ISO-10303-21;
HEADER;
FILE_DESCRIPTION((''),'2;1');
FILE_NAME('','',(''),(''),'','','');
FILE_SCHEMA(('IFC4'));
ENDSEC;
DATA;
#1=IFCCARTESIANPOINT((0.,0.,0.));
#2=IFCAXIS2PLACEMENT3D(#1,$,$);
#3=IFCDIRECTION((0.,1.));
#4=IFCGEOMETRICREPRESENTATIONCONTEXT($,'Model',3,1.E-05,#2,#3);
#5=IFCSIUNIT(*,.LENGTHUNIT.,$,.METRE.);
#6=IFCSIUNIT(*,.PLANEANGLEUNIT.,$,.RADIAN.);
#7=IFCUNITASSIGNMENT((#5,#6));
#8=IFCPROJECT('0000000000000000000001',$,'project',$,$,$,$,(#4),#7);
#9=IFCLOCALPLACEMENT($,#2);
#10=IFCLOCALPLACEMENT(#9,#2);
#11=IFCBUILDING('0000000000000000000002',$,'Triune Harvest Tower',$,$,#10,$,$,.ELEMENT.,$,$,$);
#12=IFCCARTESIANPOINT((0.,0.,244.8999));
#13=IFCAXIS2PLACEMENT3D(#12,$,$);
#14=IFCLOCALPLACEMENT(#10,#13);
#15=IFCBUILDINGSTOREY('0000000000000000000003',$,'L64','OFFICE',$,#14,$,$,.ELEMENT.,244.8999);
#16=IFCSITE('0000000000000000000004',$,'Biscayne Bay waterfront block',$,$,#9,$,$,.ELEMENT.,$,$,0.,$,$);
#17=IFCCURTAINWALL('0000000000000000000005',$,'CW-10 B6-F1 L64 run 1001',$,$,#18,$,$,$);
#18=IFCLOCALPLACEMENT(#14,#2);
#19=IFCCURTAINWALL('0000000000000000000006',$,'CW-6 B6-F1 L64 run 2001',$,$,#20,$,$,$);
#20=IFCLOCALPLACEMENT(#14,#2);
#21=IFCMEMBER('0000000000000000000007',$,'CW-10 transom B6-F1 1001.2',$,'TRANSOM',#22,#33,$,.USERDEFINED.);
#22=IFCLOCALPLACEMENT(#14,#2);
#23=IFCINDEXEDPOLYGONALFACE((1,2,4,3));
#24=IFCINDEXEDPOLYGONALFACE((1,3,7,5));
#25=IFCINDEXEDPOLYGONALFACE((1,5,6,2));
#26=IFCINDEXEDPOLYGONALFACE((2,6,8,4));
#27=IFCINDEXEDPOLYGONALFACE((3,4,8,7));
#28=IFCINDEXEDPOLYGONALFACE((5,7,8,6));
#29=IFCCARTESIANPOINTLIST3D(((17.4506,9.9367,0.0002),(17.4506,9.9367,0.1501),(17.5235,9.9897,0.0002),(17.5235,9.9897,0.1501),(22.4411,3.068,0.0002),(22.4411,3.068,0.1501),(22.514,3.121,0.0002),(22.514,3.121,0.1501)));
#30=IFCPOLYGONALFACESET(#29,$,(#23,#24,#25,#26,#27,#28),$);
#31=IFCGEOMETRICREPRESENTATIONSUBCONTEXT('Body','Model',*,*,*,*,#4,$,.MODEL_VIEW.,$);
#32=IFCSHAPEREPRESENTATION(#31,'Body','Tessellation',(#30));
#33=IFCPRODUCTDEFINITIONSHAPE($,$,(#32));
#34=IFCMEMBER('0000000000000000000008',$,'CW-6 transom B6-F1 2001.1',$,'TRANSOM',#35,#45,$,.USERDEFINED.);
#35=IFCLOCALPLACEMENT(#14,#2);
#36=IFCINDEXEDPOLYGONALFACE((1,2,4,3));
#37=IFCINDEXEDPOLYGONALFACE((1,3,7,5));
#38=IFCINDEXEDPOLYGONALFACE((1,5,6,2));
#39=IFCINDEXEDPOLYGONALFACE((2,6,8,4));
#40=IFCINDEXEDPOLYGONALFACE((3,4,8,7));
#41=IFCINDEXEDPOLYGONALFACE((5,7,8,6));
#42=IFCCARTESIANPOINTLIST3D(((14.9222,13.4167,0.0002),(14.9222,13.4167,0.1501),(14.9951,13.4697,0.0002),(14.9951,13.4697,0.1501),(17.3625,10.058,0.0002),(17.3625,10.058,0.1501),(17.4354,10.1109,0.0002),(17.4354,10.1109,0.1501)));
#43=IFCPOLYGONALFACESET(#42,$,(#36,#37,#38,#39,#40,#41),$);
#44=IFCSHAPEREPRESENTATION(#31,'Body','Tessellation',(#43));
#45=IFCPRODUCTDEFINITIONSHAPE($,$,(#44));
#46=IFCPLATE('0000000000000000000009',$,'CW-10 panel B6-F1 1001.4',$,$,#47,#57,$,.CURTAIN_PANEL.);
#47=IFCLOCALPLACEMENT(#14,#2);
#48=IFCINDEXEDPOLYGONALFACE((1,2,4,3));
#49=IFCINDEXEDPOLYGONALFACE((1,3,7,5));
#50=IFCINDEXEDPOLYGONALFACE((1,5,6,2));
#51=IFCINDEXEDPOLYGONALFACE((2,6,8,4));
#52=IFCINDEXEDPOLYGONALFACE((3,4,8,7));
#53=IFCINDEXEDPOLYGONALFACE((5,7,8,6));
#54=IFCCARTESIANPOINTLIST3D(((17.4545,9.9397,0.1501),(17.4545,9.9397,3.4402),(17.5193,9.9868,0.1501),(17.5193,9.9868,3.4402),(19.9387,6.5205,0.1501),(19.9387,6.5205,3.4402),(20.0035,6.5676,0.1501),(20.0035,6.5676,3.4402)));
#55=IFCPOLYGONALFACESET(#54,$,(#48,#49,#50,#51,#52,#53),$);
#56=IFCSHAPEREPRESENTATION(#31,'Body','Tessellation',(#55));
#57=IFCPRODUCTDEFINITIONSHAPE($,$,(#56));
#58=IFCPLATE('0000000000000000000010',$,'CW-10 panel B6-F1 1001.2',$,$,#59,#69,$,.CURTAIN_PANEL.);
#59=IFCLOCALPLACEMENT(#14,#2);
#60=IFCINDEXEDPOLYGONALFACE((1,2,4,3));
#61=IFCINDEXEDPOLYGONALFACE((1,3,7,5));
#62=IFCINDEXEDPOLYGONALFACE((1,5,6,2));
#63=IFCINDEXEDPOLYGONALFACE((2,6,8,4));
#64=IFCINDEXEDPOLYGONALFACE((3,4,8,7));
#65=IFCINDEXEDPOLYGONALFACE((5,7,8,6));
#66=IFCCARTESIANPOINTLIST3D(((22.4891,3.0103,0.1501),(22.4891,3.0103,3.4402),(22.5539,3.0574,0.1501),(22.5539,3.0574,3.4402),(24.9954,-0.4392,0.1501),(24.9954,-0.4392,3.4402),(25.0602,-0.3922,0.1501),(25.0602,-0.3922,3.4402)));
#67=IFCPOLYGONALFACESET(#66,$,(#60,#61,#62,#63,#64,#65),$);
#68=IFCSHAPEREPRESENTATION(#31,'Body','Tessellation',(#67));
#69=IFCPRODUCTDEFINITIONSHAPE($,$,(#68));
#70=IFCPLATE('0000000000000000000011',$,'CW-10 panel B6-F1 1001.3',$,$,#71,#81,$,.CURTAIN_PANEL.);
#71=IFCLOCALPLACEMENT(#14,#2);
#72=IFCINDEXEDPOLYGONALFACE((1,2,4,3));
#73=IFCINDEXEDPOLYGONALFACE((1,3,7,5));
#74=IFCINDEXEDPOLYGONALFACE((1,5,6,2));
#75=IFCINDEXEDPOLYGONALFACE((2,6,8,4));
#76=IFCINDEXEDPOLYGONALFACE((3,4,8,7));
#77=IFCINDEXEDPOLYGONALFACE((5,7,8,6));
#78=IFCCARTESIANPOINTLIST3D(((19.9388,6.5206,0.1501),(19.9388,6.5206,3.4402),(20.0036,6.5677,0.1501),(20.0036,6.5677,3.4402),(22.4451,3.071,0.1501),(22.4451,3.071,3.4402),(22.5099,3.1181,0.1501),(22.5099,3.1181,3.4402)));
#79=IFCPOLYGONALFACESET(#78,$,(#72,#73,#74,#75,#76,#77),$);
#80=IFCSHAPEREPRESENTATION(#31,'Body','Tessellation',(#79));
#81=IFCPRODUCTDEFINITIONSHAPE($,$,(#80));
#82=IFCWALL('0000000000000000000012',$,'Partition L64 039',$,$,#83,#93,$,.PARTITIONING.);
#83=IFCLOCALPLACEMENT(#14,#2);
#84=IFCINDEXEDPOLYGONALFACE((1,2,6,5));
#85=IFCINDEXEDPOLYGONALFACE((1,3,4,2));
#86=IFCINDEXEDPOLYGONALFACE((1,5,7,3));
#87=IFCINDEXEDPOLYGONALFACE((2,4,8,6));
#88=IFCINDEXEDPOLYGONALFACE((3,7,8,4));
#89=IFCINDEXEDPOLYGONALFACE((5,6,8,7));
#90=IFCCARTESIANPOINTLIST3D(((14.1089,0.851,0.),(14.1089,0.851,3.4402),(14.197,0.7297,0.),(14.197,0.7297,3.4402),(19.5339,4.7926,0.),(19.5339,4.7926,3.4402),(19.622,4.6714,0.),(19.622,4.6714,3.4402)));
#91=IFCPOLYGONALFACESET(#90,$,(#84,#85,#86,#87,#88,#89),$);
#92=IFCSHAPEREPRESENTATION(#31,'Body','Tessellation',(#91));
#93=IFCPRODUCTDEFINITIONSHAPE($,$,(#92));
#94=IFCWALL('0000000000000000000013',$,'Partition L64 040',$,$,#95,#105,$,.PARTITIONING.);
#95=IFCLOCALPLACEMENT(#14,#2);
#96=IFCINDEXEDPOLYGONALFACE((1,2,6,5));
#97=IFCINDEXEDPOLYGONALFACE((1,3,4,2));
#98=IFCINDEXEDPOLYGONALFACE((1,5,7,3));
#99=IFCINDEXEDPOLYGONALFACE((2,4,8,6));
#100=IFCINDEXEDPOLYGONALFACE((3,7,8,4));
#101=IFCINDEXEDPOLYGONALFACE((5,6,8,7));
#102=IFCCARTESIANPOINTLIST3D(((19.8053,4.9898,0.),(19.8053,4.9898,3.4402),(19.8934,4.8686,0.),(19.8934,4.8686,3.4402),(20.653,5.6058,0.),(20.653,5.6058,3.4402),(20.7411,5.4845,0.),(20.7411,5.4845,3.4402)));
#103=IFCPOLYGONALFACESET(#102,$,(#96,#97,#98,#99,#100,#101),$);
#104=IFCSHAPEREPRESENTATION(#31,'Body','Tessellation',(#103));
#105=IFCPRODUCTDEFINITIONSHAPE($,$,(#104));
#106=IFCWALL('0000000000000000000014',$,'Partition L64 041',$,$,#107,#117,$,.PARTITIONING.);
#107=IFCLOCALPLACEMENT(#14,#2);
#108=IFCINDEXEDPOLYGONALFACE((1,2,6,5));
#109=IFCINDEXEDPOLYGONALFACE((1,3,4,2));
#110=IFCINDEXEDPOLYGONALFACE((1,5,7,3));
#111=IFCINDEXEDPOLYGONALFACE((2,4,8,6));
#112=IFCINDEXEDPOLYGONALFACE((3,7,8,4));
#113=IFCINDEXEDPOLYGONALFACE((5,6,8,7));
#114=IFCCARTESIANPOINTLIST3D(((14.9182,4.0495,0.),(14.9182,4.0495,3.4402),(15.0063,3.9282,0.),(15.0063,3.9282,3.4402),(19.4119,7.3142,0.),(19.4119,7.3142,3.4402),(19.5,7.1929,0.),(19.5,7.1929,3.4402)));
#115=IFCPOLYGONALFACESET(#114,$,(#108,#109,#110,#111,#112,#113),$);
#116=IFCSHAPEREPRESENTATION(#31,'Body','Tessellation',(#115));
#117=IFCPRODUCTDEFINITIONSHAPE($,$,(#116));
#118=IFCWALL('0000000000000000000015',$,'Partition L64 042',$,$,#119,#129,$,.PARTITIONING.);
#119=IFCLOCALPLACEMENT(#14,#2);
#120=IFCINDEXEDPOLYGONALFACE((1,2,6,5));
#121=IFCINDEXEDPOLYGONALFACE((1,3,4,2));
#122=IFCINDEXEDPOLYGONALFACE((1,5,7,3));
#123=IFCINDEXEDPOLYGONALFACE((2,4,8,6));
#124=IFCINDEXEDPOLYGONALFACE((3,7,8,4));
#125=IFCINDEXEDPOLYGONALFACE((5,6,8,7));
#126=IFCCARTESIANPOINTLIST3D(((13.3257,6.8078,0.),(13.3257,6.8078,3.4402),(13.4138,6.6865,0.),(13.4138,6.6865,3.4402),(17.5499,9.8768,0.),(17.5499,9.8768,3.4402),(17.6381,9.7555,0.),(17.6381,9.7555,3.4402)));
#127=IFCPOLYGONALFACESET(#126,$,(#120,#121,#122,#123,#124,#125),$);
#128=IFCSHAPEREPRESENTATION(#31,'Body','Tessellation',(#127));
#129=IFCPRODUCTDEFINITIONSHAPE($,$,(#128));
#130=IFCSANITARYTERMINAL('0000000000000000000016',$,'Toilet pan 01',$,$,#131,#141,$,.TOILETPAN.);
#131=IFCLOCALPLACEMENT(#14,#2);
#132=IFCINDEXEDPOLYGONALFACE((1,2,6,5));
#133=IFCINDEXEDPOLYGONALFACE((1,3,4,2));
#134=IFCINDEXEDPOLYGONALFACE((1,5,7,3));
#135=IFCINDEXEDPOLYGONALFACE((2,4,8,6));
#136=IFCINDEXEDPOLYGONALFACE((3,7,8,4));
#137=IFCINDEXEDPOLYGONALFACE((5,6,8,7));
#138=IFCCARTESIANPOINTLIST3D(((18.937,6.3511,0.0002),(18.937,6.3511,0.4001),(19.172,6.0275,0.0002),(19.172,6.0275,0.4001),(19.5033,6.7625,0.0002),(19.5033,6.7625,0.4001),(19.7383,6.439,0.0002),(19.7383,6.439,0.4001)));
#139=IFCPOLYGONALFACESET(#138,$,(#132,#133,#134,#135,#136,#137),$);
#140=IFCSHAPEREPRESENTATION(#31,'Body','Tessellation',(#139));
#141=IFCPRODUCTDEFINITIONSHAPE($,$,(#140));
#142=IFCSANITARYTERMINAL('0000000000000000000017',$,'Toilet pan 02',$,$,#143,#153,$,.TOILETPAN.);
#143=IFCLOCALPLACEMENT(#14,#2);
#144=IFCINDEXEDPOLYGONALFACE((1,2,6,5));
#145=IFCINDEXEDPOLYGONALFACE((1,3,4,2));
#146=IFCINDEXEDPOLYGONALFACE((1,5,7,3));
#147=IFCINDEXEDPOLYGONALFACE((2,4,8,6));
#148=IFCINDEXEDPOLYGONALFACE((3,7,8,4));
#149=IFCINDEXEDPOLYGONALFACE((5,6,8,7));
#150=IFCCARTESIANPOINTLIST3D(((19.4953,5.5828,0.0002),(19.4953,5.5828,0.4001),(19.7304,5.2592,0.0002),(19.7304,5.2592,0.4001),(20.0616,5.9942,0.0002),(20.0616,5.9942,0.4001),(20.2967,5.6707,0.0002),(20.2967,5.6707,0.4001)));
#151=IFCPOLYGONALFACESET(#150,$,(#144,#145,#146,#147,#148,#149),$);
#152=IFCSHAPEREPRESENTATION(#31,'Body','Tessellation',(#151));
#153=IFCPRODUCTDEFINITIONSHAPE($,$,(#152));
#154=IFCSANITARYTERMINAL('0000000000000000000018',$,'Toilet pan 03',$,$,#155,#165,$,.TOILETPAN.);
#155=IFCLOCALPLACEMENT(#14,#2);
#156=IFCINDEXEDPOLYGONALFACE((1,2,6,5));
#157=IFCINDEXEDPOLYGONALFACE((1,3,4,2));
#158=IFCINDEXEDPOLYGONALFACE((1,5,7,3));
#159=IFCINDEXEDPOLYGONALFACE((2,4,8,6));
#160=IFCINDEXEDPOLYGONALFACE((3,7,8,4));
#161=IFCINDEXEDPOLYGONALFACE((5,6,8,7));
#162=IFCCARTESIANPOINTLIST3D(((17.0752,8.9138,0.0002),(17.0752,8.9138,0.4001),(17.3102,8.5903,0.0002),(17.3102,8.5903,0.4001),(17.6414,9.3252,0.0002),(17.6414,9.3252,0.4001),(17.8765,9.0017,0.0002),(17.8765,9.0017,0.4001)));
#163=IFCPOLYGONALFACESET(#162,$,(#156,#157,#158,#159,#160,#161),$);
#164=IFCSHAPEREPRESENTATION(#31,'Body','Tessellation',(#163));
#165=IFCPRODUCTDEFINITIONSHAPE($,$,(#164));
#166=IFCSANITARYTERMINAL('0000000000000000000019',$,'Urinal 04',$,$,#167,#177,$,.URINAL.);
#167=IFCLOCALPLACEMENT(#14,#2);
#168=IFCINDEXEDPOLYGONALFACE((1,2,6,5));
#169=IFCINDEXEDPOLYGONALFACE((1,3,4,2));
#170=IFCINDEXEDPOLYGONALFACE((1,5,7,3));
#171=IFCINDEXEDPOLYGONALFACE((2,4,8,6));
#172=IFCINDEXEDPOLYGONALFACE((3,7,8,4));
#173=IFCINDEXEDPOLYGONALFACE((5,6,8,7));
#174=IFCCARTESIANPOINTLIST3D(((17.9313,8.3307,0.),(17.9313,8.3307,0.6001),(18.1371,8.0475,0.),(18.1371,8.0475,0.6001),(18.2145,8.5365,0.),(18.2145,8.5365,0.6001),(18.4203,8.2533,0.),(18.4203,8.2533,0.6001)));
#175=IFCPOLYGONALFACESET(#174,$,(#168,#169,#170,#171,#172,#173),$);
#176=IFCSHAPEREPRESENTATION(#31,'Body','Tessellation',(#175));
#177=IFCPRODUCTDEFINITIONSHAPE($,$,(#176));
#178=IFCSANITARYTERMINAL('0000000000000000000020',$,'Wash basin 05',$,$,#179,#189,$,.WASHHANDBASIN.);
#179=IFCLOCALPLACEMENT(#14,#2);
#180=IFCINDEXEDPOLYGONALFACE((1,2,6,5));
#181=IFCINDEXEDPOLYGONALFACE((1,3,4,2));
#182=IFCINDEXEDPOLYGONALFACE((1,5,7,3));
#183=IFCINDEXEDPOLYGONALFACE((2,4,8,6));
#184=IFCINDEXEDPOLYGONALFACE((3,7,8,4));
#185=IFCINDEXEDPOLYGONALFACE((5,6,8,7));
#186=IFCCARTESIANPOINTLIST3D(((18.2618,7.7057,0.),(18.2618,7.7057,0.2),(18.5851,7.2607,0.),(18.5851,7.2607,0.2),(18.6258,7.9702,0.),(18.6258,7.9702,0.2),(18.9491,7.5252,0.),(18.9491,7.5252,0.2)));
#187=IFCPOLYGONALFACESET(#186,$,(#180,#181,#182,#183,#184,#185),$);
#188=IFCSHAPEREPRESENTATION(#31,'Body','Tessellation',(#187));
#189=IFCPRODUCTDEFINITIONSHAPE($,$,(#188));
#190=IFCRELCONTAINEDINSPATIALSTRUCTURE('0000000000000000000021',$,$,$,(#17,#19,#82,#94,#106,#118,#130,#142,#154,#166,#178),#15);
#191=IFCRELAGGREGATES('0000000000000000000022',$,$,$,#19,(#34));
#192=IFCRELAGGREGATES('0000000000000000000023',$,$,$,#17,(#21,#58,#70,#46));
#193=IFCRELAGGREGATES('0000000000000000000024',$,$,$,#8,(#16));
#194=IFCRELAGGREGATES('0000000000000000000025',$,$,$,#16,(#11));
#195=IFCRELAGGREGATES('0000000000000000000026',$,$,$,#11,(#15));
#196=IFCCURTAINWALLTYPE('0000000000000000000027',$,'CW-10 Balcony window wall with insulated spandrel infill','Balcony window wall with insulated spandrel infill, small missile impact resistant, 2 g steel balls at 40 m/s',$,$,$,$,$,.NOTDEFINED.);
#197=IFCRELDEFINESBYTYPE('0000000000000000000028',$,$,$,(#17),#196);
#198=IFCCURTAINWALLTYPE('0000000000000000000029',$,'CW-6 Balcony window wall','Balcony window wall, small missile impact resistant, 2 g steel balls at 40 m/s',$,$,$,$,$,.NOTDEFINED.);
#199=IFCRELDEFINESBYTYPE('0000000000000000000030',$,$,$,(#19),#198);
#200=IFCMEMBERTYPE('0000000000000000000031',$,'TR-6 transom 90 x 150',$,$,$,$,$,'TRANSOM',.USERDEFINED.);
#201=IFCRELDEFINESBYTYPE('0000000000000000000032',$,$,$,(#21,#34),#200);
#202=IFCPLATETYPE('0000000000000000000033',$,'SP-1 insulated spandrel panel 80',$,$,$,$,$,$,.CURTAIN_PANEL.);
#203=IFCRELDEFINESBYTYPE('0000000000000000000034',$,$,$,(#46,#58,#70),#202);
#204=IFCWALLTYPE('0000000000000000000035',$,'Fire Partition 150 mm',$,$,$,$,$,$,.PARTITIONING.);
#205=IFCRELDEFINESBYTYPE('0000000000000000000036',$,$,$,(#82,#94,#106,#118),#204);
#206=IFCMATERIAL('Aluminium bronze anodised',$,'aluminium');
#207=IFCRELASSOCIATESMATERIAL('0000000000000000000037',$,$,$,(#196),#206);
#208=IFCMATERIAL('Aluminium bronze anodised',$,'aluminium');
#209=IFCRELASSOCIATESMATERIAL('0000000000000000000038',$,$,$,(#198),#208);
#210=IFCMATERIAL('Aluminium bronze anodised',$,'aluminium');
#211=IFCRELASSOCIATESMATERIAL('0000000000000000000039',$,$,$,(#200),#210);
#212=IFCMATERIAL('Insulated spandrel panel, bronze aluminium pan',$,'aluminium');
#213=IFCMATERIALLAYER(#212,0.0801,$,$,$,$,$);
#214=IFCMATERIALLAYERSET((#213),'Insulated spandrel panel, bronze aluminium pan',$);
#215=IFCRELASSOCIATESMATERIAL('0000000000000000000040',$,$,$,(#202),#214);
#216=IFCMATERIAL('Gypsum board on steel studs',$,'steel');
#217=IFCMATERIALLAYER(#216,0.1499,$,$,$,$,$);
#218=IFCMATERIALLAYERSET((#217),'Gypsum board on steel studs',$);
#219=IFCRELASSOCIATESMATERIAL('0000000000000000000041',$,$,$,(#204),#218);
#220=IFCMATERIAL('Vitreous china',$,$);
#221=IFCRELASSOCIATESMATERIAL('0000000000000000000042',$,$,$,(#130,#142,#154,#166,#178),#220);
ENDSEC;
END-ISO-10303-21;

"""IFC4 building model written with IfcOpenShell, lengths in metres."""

from ifc_helpers import new_model, si_unit, direction, frame, frame_2d, origin, origin_2d, place, context, subcontext, project, spatial, rectangle, extrude, source, transform, mapped, material, layer, layer_set, material_profile, profile_set, type_object, element, aggregate, save


model = new_model("IFC4")

# Units and contexts
model_context = context("Model", 3, precision=1e-05, world=origin(), true_north=direction((0.0, 1.0)))
body_context = subcontext(model_context, "Body", "Model", "MODEL_VIEW")
ifc_project = project(units=[si_unit("LENGTHUNIT", "METRE"), si_unit("PLANEANGLEUNIT", "RADIAN")], contexts=[model_context])

# Site, building, storey
site_placement = place(None, origin())
site = spatial("IfcSite", under=ifc_project, at=site_placement, Name="Biscayne Bay waterfront block", CompositionType="ELEMENT", RefElevation=0.0)
building_placement = place(site_placement, origin())
building = spatial("IfcBuilding", under=site, at=building_placement, Name="Triune Harvest Tower", CompositionType="ELEMENT")
storey_placement = place(building_placement, frame((0.0, 0.0, 244.8999)))
storey = spatial("IfcBuildingStorey", under=building, at=storey_placement, Name="L64", Description="OFFICE", CompositionType="ELEMENT", Elevation=244.8999)

# Curtain wall
ifc_material_1 = material(Name="Aluminium bronze anodised", Category="aluminium")
curtain_wall_type_1 = type_object("IfcCurtainWallType", Name="CW-10 Balcony window wall with insulated spandrel infill", Description="Balcony window wall with insulated spandrel infill, small missile impact resistant, 2 g steel balls at 40 m/s", PredefinedType="NOTDEFINED", material=ifc_material_1)
curtain_wall_1_placement = place(storey_placement, origin())
curtain_wall_1 = element("IfcCurtainWall", 1, at=curtain_wall_1_placement, inside=storey, type_object=curtain_wall_type_1, Name="CW-10 B6-F1 L64 run 1001")

# Curtain wall
ifc_material_2 = material(Name="Aluminium bronze anodised", Category="aluminium")
curtain_wall_type_2 = type_object("IfcCurtainWallType", Name="CW-6 Balcony window wall", Description="Balcony window wall, small missile impact resistant, 2 g steel balls at 40 m/s", PredefinedType="NOTDEFINED", material=ifc_material_2)
curtain_wall_2_placement = place(storey_placement, origin())
curtain_wall_2 = element("IfcCurtainWall", 2, at=curtain_wall_2_placement, inside=storey, type_object=curtain_wall_type_2, Name="CW-6 B6-F1 L64 run 2001")

# Members
ifc_material_3 = material(Name="Aluminium bronze anodised", Category="aluminium")
ifc_material_profile_1 = material_profile(ifc_material_3, rectangle(XDim=0.0901, YDim=0.1499, at=origin_2d()), Name="TR-6 transom 90 x 150")
ifc_profile_set_1 = profile_set([ifc_material_profile_1], Name="Aluminium bronze anodised")
member_type_1 = type_object("IfcMemberType", Name="TR-6 transom 90 x 150", ElementType="TRANSOM", PredefinedType="USERDEFINED", material=ifc_profile_set_1)
shared_shape_1 = source(origin(), body_context, "Body", "SweptSolid", [
    extrude(rectangle(XDim=0.0901, YDim=0.1499, at=origin_2d()), origin(), (0.0, 0.0, 1.0), 8.4902),
])
member_1_placement = place(storey_placement, frame((22.4775, 3.0945, 0.0752), z_axis=(-0.587794, 0.809011, 0.0), x_axis=(-0.809011, -0.587794, 0.0)))
member_1 = element("IfcMember", 3, at=member_1_placement, type_object=member_type_1, Name="CW-10 transom B6-F1 1001.2", ObjectType="TRANSOM", PredefinedType="USERDEFINED", context=body_context, shape_type="MappedRepresentation", body=[
    mapped(shared_shape_1, transform((0.0, 0.0, 0.0), scale=1.0)),
])
shared_shape_2 = source(origin(), body_context, "Body", "SweptSolid", [
    extrude(rectangle(XDim=0.0901, YDim=0.1499, at=origin_2d()), origin(), (0.0, 0.0, 1.0), 4.1516),
])
member_2_placement = place(storey_placement, frame((17.3989, 10.0845, 0.0752), z_axis=(-0.587783, 0.809018, 0.0), x_axis=(-0.809018, -0.587783, 0.0)))
member_2 = element("IfcMember", 4, at=member_2_placement, type_object=member_type_1, Name="CW-6 transom B6-F1 2001.1", ObjectType="TRANSOM", PredefinedType="USERDEFINED", context=body_context, shape_type="MappedRepresentation", body=[
    mapped(shared_shape_2, transform((0.0, 0.0, 0.0), scale=1.0)),
])
aggregate(curtain_wall_2, [member_2])

# Plates
ifc_material_4 = material(Name="Insulated spandrel panel, bronze aluminium pan", Category="aluminium")
ifc_layer_1 = layer(ifc_material_4, 0.0801)
ifc_layer_set_1 = layer_set([ifc_layer_1], Name="Insulated spandrel panel, bronze aluminium pan")
plate_type = type_object("IfcPlateType", Name="SP-1 insulated spandrel panel 80", PredefinedType="CURTAIN_PANEL", material=ifc_layer_set_1)
shared_shape_3 = source(origin(), body_context, "Body", "SweptSolid", [
    extrude(rectangle(XDim=4.2263, YDim=0.0801, at=origin_2d()), origin(), (0.0, 0.0, 1.0), 3.29),
])
plate_1_placement = place(storey_placement, frame((18.729, 8.2537, 0.1501), z_axis=(0.0, 0.0, 1.0), x_axis=(-0.587786, 0.809016, 0.0)))
plate_1 = element("IfcPlate", 5, at=plate_1_placement, type_object=plate_type, Name="CW-10 panel B6-F1 1001.4", PredefinedType="CURTAIN_PANEL", context=body_context, shape_type="MappedRepresentation", body=[
    mapped(shared_shape_3, transform((0.0, 0.0, 0.0), scale=1.0)),
])
shared_shape_4 = source(origin(), body_context, "Body", "SweptSolid", [
    extrude(rectangle(XDim=4.2639, YDim=0.0801, at=origin_2d()), origin(), (0.0, 0.0, 1.0), 3.29),
])
plate_2_placement = place(storey_placement, frame((23.7747, 1.3091, 0.1501), z_axis=(0.0, 0.0, 1.0), x_axis=(-0.587786, 0.809016, 0.0)))
plate_2 = element("IfcPlate", 6, at=plate_2_placement, type_object=plate_type, Name="CW-10 panel B6-F1 1001.2", PredefinedType="CURTAIN_PANEL", context=body_context, shape_type="MappedRepresentation", body=[
    mapped(shared_shape_4, transform((0.0, 0.0, 0.0), scale=1.0)),
])
plate_3_placement = place(storey_placement, frame((21.2244, 4.8193, 0.1501), z_axis=(0.0, 0.0, 1.0), x_axis=(-0.587786, 0.809016, 0.0)))
plate_3 = element("IfcPlate", 7, at=plate_3_placement, type_object=plate_type, Name="CW-10 panel B6-F1 1001.3", PredefinedType="CURTAIN_PANEL", context=body_context, shape_type="MappedRepresentation", body=[
    mapped(shared_shape_4, transform((0.0, 0.0, 0.0), scale=1.0)),
])
aggregate(curtain_wall_1, [member_1, plate_2, plate_3, plate_1])

# Walls
ifc_material_5 = material(Name="Gypsum board on steel studs", Category="steel")
ifc_layer_2 = layer(ifc_material_5, 0.1499)
ifc_layer_set_2 = layer_set([ifc_layer_2], Name="Gypsum board on steel studs")
wall_type = type_object("IfcWallType", Name="Fire Partition 150 mm", PredefinedType="PARTITIONING", material=ifc_layer_set_2)
wall_1_placement = place(storey_placement, frame((14.1528, 0.7903, 0.0), z_axis=(0.0, 0.0, 1.0), x_axis=(0.809008, 0.587797, 0.0)))
element("IfcWall", 8, at=wall_1_placement, inside=storey, type_object=wall_type, Name="Partition L64 039", PredefinedType="PARTITIONING", context=body_context, shape_type="SweptSolid", body=[
    extrude(rectangle(XDim=6.7058, YDim=0.1499, at=frame_2d((3.353, 0.0))), origin(), (0.0, 0.0, 1.0), 3.4402),
])
wall_2_placement = place(storey_placement, frame((19.8494, 4.9292, 0.0), z_axis=(0.0, 0.0, 1.0), x_axis=(0.808968, 0.587853, 0.0)))
element("IfcWall", 9, at=wall_2_placement, inside=storey, type_object=wall_type, Name="Partition L64 040", PredefinedType="PARTITIONING", context=body_context, shape_type="SweptSolid", body=[
    extrude(rectangle(XDim=1.0479, YDim=0.1499, at=frame_2d((0.5239, 0.0))), origin(), (0.0, 0.0, 1.0), 3.4402),
])
wall_3_placement = place(storey_placement, frame((14.9622, 3.9888, 0.0), z_axis=(0.0, 0.0, 1.0), x_axis=(0.809032, 0.587764, 0.0)))
element("IfcWall", 10, at=wall_3_placement, inside=storey, type_object=wall_type, Name="Partition L64 041", PredefinedType="PARTITIONING", context=body_context, shape_type="SweptSolid", body=[
    extrude(rectangle(XDim=5.5544, YDim=0.1499, at=frame_2d((2.7773, 0.0))), origin(), (0.0, 0.0, 1.0), 3.4402),
])
wall_4_placement = place(storey_placement, frame((13.3696, 6.7471, 0.0), z_axis=(0.0, 0.0, 1.0), x_axis=(0.809025, 0.587774, 0.0)))
element("IfcWall", 11, at=wall_4_placement, inside=storey, type_object=wall_type, Name="Partition L64 042", PredefinedType="PARTITIONING", context=body_context, shape_type="SweptSolid", body=[
    extrude(rectangle(XDim=5.2214, YDim=0.1499, at=frame_2d((2.6108, 0.0))), origin(), (0.0, 0.0, 1.0), 3.4402),
])

# Sanitary terminals
ifc_material_6 = material(Name="Vitreous china")
shared_shape_5 = source(origin(), body_context, "Body", "SweptSolid", [
    extrude(rectangle(XDim=0.3999, YDim=0.7, at=origin_2d()), origin(), (0.0, 0.0, 1.0), 0.3999),
])
for number, where, z_axis, x_axis, name in (
    (12, (19.3376, 6.395, 0.0002), (0.0, 0.0, 1.0), (0.587785, -0.809017, 0.0), "Toilet pan 01"),
    (13, (19.896, 5.6267, 0.0002), (0.0, 0.0, 1.0), (0.587785, -0.809017, 0.0), "Toilet pan 02"),
    (14, (17.4758, 8.9578, 0.0002), (0.0, 0.0, 1.0), (0.587785, -0.809017, 0.0), "Toilet pan 03"),
):
    element("IfcSanitaryTerminal", number, at=place(storey_placement, frame(where, z_axis=z_axis, x_axis=x_axis)), inside=storey, material=ifc_material_6, Name=name, PredefinedType="TOILETPAN", context=body_context, shape_type="MappedRepresentation", body=[
        mapped(shared_shape_5, transform((0.0, 0.0, 0.0), scale=1.0)),
    ])
shared_shape_6 = source(origin(), body_context, "Body", "SweptSolid", [
    extrude(rectangle(XDim=0.3501, YDim=0.3501, at=origin_2d()), origin(), (0.0, 0.0, 1.0), 0.6001),
])
sanitary_terminal_placement = place(storey_placement, frame((18.1758, 8.292, 0.0), z_axis=(0.0, 0.0, 1.0), x_axis=(0.587785, -0.809017, 0.0)))
element("IfcSanitaryTerminal", 15, at=sanitary_terminal_placement, inside=storey, material=ifc_material_6, Name="Urinal 04", PredefinedType="URINAL", context=body_context, shape_type="MappedRepresentation", body=[
    mapped(shared_shape_6, transform((0.0, 0.0, 0.0), scale=1.0)),
])
shared_shape_7 = source(origin(), body_context, "Body", "SweptSolid", [
    extrude(rectangle(XDim=0.55, YDim=0.45, at=origin_2d()), origin(), (0.0, 0.0, 1.0), 0.2),
])
for number, where, z_axis, x_axis, name in (
    (16, (18.6055, 7.6155, 0.0), (0.0, 0.0, 1.0), (0.587785, -0.809017, 0.0), "Wash basin 05"),
):
    element("IfcSanitaryTerminal", number, at=place(storey_placement, frame(where, z_axis=z_axis, x_axis=x_axis)), inside=storey, material=ifc_material_6, Name=name, PredefinedType="WASHHANDBASIN", context=body_context, shape_type="MappedRepresentation", body=[
        mapped(shared_shape_7, transform((0.0, 0.0, 0.0), scale=1.0)),
    ])

save(model, "model.ifc")
